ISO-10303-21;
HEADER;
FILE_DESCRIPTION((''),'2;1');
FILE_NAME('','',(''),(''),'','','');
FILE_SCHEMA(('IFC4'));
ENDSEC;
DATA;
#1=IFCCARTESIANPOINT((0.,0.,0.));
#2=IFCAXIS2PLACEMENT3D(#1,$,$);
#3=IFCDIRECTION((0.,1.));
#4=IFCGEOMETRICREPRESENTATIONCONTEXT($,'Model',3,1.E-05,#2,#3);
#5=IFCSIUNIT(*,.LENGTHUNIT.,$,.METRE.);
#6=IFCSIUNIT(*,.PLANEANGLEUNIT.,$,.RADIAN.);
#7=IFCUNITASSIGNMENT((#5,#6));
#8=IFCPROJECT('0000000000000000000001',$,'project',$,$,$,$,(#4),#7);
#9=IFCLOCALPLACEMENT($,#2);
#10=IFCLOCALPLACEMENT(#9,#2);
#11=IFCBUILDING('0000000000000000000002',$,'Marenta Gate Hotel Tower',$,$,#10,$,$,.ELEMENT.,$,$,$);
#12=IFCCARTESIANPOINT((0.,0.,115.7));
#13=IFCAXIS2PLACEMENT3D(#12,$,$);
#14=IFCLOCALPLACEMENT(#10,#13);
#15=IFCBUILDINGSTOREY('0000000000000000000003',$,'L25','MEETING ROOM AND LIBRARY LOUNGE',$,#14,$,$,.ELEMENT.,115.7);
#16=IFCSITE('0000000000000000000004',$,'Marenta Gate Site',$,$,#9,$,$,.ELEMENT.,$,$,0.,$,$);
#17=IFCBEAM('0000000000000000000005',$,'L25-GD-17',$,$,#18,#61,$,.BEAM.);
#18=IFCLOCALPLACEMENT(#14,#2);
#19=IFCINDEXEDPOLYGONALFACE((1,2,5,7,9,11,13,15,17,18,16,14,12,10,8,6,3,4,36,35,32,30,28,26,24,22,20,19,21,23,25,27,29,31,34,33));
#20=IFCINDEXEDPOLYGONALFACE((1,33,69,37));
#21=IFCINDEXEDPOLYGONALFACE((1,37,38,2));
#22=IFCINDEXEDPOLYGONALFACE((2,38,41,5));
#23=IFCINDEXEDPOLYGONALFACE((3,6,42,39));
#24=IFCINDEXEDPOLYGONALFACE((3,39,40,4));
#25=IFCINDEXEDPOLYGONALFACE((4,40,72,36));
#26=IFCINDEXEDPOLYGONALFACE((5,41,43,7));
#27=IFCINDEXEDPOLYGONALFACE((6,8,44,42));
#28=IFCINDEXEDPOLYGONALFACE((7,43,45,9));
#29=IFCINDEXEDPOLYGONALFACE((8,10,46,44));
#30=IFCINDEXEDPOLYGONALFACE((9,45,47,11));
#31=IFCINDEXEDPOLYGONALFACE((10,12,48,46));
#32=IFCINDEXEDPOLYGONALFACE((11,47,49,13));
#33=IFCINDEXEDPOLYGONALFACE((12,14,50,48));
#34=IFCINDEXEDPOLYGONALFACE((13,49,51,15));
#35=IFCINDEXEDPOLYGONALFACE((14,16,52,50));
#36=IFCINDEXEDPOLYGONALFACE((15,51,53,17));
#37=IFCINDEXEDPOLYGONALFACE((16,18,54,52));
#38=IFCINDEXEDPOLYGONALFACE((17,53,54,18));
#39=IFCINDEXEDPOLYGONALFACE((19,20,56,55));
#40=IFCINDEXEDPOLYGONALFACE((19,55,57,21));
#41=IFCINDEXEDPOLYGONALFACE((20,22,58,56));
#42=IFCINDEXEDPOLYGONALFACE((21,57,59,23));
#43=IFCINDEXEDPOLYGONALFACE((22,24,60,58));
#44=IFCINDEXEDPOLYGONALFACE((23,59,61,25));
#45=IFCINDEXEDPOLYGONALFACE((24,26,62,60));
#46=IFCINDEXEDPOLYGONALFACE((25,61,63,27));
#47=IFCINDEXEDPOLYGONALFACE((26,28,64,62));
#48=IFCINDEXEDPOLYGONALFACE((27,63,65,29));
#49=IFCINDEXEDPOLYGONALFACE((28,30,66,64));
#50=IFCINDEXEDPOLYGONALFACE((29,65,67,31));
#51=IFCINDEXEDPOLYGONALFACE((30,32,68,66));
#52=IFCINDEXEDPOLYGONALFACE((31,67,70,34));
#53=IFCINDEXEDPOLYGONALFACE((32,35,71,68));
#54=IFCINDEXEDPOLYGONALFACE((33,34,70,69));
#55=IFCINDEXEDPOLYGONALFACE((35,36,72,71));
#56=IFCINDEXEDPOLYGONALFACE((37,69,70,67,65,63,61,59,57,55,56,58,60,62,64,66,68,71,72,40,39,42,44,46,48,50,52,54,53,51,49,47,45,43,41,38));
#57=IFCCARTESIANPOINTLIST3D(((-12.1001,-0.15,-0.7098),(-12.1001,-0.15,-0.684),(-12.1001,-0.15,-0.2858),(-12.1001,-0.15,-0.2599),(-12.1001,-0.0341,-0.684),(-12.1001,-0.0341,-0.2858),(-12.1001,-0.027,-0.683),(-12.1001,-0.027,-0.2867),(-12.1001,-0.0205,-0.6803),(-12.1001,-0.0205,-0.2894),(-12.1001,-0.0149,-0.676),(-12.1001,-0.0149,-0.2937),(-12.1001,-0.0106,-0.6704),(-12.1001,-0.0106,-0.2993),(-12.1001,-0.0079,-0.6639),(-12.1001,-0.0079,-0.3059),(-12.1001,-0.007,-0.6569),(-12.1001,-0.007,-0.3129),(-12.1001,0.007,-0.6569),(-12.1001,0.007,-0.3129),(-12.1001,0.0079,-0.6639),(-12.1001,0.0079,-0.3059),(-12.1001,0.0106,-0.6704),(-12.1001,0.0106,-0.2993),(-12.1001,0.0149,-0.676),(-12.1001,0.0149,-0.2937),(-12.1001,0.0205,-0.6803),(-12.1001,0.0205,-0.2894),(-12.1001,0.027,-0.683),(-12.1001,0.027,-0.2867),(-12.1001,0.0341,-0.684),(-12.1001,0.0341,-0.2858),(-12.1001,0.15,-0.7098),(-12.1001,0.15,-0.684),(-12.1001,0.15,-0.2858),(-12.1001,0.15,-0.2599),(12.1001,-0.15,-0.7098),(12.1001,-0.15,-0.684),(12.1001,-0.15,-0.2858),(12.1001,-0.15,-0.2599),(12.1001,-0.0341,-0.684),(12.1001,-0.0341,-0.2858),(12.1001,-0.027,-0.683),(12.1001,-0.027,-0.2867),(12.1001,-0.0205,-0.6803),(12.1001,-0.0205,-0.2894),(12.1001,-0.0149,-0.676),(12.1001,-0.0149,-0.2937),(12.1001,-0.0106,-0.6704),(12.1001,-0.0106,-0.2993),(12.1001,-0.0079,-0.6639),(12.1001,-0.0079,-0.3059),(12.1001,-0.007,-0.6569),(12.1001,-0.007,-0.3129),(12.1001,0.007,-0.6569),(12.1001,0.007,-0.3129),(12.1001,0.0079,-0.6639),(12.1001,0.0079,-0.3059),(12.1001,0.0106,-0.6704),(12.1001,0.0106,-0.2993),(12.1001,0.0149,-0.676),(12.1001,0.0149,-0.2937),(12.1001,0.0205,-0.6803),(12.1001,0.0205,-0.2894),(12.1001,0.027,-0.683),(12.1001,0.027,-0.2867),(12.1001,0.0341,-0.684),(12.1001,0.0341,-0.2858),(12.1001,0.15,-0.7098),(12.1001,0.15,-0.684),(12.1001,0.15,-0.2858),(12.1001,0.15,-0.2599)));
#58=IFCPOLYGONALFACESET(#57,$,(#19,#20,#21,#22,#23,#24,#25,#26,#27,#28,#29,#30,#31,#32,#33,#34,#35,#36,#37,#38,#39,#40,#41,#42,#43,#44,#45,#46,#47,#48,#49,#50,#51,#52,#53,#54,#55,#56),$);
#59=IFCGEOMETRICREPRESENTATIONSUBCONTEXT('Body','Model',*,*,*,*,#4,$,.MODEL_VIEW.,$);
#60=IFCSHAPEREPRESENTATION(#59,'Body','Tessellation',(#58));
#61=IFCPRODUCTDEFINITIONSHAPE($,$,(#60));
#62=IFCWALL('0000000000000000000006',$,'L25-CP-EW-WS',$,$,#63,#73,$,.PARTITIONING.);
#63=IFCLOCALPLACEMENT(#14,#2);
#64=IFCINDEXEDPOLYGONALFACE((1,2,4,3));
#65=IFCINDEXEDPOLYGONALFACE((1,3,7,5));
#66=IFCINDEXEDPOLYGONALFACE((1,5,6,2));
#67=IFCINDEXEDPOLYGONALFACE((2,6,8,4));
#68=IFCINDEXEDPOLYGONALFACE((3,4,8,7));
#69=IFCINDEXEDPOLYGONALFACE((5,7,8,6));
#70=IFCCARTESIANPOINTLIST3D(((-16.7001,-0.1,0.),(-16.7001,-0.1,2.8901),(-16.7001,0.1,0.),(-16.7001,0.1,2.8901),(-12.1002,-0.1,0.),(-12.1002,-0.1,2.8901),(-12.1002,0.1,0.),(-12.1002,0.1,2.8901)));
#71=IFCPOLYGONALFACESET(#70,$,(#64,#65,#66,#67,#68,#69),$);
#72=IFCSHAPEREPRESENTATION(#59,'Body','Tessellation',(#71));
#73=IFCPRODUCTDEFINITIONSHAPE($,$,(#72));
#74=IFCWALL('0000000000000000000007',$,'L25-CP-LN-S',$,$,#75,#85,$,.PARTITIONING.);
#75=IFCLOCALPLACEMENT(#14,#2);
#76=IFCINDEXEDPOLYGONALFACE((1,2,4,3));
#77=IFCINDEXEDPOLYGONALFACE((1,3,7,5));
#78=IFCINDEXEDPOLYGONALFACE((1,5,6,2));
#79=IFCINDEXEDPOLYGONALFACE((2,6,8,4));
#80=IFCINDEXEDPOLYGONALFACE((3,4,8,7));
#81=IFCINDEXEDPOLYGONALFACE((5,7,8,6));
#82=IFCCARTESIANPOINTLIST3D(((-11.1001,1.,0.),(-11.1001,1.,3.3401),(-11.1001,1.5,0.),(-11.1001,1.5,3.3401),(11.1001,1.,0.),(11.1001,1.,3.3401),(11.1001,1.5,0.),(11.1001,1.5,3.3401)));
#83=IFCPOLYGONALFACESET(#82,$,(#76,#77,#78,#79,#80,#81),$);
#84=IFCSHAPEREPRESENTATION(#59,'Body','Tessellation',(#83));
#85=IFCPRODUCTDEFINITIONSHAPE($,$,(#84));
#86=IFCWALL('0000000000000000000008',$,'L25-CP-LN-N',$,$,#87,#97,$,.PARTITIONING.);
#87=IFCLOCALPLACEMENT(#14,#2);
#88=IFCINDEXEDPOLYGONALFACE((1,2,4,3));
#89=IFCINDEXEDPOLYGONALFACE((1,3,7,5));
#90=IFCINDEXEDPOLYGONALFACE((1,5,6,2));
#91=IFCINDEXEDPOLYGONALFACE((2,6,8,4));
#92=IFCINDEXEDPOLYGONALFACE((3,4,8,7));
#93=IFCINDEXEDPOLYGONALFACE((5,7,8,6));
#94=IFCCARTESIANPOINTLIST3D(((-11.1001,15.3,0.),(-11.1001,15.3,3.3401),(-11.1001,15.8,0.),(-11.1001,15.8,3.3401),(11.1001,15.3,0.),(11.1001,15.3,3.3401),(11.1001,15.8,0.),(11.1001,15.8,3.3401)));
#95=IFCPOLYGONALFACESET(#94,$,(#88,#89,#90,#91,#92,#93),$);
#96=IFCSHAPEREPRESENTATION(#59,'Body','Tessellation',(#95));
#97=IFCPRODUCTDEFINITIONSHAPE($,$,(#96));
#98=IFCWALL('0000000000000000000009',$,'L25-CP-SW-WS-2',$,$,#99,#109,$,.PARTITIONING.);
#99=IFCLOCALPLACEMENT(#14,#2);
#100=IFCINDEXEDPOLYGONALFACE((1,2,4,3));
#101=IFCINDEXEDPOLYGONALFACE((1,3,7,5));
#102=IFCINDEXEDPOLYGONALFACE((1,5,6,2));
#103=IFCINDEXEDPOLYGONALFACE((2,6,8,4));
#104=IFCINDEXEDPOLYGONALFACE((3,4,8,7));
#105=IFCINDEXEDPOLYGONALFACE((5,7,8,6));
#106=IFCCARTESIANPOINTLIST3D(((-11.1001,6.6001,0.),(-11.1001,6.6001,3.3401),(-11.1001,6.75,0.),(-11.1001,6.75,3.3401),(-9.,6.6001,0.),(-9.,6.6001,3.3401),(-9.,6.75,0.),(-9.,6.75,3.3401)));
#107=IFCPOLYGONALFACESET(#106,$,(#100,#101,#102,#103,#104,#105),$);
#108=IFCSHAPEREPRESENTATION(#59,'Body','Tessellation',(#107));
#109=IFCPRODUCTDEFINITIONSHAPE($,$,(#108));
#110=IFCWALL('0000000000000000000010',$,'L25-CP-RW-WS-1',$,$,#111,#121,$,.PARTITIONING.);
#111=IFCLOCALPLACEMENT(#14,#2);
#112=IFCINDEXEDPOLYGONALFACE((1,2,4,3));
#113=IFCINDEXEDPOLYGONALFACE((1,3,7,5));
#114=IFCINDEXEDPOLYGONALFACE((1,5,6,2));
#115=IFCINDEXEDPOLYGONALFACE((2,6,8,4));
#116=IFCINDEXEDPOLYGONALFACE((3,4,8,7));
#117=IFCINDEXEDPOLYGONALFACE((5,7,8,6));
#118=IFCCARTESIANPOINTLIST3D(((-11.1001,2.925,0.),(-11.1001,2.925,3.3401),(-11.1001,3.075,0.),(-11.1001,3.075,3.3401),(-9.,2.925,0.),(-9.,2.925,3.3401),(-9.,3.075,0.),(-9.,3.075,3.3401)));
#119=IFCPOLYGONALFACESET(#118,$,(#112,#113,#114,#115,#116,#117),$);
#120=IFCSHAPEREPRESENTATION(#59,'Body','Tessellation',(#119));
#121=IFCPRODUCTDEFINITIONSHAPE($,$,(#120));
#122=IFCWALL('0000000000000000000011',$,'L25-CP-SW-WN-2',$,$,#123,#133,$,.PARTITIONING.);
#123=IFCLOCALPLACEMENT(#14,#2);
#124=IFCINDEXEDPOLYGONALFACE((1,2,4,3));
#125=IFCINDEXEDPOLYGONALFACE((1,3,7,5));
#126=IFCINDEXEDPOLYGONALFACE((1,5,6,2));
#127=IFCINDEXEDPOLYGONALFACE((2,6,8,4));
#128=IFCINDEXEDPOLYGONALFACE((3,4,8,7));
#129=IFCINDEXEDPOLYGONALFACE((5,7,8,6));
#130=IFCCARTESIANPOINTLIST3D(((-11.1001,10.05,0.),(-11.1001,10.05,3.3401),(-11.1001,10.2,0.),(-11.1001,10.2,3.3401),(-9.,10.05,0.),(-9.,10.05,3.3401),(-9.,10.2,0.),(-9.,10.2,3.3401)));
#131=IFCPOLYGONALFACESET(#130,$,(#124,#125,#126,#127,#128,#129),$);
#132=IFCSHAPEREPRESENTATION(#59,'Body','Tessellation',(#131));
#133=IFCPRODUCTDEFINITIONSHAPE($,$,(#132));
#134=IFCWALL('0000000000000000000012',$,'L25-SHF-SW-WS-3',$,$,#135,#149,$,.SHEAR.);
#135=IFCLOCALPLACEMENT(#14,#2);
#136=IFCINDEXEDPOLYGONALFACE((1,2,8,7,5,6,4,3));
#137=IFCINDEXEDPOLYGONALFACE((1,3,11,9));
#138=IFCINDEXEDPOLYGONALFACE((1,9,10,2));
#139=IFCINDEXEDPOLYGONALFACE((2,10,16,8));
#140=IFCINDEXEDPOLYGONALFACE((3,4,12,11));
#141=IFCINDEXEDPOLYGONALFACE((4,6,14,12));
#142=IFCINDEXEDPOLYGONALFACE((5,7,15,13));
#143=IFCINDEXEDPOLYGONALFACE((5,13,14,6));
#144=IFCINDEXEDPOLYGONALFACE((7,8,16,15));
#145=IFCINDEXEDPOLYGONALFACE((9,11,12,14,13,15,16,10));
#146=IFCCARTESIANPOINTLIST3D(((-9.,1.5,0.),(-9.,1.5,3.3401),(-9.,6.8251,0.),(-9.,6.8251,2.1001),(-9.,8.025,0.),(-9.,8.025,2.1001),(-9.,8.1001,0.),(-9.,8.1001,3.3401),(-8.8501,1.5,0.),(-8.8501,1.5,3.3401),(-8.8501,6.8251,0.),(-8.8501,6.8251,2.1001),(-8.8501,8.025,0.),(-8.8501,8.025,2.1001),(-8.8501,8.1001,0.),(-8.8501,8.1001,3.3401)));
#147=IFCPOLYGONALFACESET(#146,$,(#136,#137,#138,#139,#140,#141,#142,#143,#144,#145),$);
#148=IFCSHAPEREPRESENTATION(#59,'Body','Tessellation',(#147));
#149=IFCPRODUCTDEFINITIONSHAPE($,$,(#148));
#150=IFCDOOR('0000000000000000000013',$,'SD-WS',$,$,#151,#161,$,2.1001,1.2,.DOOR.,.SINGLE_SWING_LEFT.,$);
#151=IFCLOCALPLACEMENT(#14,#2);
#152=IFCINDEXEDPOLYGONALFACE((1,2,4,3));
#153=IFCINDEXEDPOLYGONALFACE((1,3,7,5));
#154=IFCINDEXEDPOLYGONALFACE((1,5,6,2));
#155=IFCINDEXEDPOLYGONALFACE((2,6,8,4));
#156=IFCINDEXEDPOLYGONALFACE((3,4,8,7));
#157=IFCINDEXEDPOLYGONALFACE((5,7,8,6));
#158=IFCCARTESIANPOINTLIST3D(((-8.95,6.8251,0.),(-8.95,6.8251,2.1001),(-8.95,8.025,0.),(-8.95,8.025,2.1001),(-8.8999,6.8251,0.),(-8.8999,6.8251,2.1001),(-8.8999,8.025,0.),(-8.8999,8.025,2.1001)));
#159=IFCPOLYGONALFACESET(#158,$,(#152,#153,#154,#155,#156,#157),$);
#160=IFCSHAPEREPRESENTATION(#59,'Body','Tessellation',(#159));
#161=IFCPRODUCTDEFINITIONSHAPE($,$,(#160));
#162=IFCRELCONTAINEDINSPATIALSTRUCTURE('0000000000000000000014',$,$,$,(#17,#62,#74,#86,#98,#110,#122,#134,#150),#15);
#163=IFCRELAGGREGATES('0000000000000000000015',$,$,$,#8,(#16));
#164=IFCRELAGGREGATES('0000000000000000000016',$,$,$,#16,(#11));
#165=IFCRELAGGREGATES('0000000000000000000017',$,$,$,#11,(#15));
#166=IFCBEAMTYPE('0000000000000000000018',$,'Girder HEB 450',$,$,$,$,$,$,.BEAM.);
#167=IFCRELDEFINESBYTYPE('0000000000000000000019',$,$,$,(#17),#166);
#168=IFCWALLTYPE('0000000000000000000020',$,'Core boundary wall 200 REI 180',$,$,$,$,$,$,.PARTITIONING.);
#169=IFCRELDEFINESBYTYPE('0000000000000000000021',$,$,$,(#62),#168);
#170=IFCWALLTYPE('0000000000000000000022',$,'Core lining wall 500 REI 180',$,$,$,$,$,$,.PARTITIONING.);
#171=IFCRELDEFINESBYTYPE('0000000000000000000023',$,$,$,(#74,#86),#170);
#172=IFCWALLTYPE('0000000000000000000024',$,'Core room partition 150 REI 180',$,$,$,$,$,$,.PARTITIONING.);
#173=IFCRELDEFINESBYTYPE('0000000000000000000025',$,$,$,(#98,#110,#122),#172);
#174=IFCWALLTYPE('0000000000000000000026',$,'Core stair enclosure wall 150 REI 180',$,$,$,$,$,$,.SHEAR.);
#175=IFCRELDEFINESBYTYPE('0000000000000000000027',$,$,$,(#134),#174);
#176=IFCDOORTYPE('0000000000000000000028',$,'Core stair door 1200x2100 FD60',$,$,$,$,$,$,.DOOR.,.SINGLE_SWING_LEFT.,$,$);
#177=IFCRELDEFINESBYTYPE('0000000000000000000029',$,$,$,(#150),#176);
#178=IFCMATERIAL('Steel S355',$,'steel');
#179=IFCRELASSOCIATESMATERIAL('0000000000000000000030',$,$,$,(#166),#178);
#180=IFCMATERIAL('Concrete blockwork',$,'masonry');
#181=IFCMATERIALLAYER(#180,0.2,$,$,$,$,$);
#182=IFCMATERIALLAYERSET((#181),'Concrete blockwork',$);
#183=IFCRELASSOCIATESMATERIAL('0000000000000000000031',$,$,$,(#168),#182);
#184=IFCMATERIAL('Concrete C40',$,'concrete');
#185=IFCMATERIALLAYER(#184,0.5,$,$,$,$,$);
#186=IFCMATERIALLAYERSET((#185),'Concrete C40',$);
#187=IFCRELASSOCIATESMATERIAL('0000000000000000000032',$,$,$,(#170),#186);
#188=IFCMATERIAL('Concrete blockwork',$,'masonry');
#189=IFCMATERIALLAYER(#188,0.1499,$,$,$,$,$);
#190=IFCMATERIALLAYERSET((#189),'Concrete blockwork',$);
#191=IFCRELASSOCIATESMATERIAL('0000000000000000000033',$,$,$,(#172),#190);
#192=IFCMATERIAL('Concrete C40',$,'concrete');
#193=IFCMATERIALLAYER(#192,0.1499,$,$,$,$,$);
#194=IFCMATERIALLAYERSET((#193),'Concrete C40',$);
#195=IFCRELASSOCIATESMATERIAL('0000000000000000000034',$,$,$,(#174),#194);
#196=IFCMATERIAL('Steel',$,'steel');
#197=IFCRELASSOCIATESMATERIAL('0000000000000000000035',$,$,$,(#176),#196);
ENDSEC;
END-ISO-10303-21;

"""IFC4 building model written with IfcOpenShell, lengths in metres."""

from ifc_helpers import new_model, si_unit, direction, frame, frame_2d, origin, origin_2d, place, context, subcontext, project, spatial, rectangle, i_section, extrude, material, layer, layer_set, material_profile, profile_set, type_object, element, fill, save


model = new_model("IFC4")

# Units and contexts
model_context = context("Model", 3, precision=1e-05, world=origin(), true_north=direction((0.0, 1.0)))
body_context = subcontext(model_context, "Body", "Model", "MODEL_VIEW")
ifc_project = project(units=[si_unit("LENGTHUNIT", "METRE"), si_unit("PLANEANGLEUNIT", "RADIAN")], contexts=[model_context])

# Site, building, storey
site_placement = place(None, origin())
site = spatial("IfcSite", under=ifc_project, at=site_placement, Name="Marenta Gate Site", CompositionType="ELEMENT", RefElevation=0.0)
building_placement = place(site_placement, origin())
building = spatial("IfcBuilding", under=site, at=building_placement, Name="Marenta Gate Hotel Tower", CompositionType="ELEMENT")
storey_placement = place(building_placement, frame((0.0, 0.0, 115.7)))
storey = spatial("IfcBuildingStorey", under=building, at=storey_placement, Name="L25", Description="MEETING ROOM AND LIBRARY LOUNGE", CompositionType="ELEMENT", Elevation=115.7)

# Beam
ifc_material_1 = material(Name="Steel S355", Category="steel")
ifc_material_profile = material_profile(ifc_material_1, i_section(OverallWidth=0.3, OverallDepth=0.45, WebThickness=0.0139, FlangeThickness=0.0259, FilletRadius=0.0271, at=origin_2d()), Name="HEB 450")
ifc_profile_set = profile_set([ifc_material_profile], Name="Steel S355")
beam_type = type_object("IfcBeamType", Name="Girder HEB 450", PredefinedType="BEAM", material=ifc_profile_set)
beam_placement = place(storey_placement, frame((-12.1001, 0.0, -0.4849), z_axis=(1.0, 0.0, 0.0), x_axis=(0.0, 1.0, 0.0)))
element("IfcBeam", 1, at=beam_placement, inside=storey, type_object=beam_type, Name="L25-GD-17", PredefinedType="BEAM", context=body_context, shape_type="SweptSolid", body=[
    extrude(i_section(OverallWidth=0.3, OverallDepth=0.45, WebThickness=0.0139, FlangeThickness=0.0259, FilletRadius=0.0271, at=origin_2d()), origin(), (0.0, 0.0, 1.0), 24.2002),
])

# Walls
ifc_material_2 = material(Name="Concrete blockwork", Category="masonry")
ifc_layer_1 = layer(ifc_material_2, 0.2)
ifc_layer_set_1 = layer_set([ifc_layer_1], Name="Concrete blockwork")
wall_type_1 = type_object("IfcWallType", Name="Core boundary wall 200 REI 180", PredefinedType="PARTITIONING", material=ifc_layer_set_1)
wall_1_placement = place(storey_placement, frame((-16.7, 0.0, 0.0), z_axis=(0.0, 0.0, 1.0), x_axis=(1.0, 0.0, 0.0)))
element("IfcWall", 2, at=wall_1_placement, inside=storey, type_object=wall_type_1, Name="L25-CP-EW-WS", PredefinedType="PARTITIONING", context=body_context, shape_type="SweptSolid", body=[
    extrude(rectangle(XDim=4.5999, YDim=0.2, at=frame_2d((2.2998, 0.0))), origin(), (0.0, 0.0, 1.0), 2.8901),
])
ifc_material_3 = material(Name="Concrete C40", Category="concrete")
ifc_layer_2 = layer(ifc_material_3, 0.5)
ifc_layer_set_2 = layer_set([ifc_layer_2], Name="Concrete C40")
wall_type_2 = type_object("IfcWallType", Name="Core lining wall 500 REI 180", PredefinedType="PARTITIONING", material=ifc_layer_set_2)
for number, where, z_axis, x_axis, name in (
    (3, (-11.1001, 1.25, 0.0), (0.0, 0.0, 1.0), (1.0, 0.0, 0.0), "L25-CP-LN-S"),
    (4, (-11.1001, 15.55, 0.0), (0.0, 0.0, 1.0), (1.0, 0.0, 0.0), "L25-CP-LN-N"),
):
    element("IfcWall", number, at=place(storey_placement, frame(where, z_axis=z_axis, x_axis=x_axis)), inside=storey, type_object=wall_type_2, Name=name, PredefinedType="PARTITIONING", context=body_context, shape_type="SweptSolid", body=[
        extrude(rectangle(XDim=22.2002, YDim=0.5, at=frame_2d((11.1001, 0.0))), origin(), (0.0, 0.0, 1.0), 3.3401),
    ])
ifc_material_4 = material(Name="Concrete blockwork", Category="masonry")
ifc_layer_3 = layer(ifc_material_4, 0.1499)
ifc_layer_set_3 = layer_set([ifc_layer_3], Name="Concrete blockwork")
wall_type_3 = type_object("IfcWallType", Name="Core room partition 150 REI 180", PredefinedType="PARTITIONING", material=ifc_layer_set_3)
for number, where, z_axis, x_axis, name in (
    (5, (-11.1001, 6.675, 0.0), (0.0, 0.0, 1.0), (1.0, 0.0, 0.0), "L25-CP-SW-WS-2"),
    (6, (-11.1001, 3.0, 0.0), (0.0, 0.0, 1.0), (1.0, 0.0, 0.0), "L25-CP-RW-WS-1"),
    (7, (-11.1001, 10.125, 0.0), (0.0, 0.0, 1.0), (1.0, 0.0, 0.0), "L25-CP-SW-WN-2"),
):
    element("IfcWall", number, at=place(storey_placement, frame(where, z_axis=z_axis, x_axis=x_axis)), inside=storey, type_object=wall_type_3, Name=name, PredefinedType="PARTITIONING", context=body_context, shape_type="SweptSolid", body=[
        extrude(rectangle(XDim=2.1001, YDim=0.1499, at=frame_2d((1.05, 0.0))), origin(), (0.0, 0.0, 1.0), 3.3401),
    ])

# Wall, opening, door
ifc_material_5 = material(Name="Concrete C40", Category="concrete")
ifc_layer_4 = layer(ifc_material_5, 0.1499)
ifc_layer_set_4 = layer_set([ifc_layer_4], Name="Concrete C40")
wall_type_4 = type_object("IfcWallType", Name="Core stair enclosure wall 150 REI 180", PredefinedType="SHEAR", material=ifc_layer_set_4)
wall_2_placement = place(storey_placement, frame((-8.925, 1.5, 0.0), z_axis=(0.0, 0.0, 1.0), x_axis=(0.0, 1.0, 0.0)))
wall_2 = element("IfcWall", 8, at=wall_2_placement, inside=storey, type_object=wall_type_4, Name="L25-SHF-SW-WS-3", PredefinedType="SHEAR", context=body_context, shape_type="SweptSolid", body=[
    extrude(rectangle(XDim=6.6001, YDim=0.1499, at=frame_2d((3.3, 0.0))), origin(), (0.0, 0.0, 1.0), 3.3401),
])
opening_1_placement = place(wall_2_placement, frame((5.325, 0.0, 0.0)))
opening_1 = element("IfcOpeningElement", 9, at=opening_1_placement, cuts=wall_2, PredefinedType="OPENING", context=body_context, shape_type="SweptSolid", body=[
    extrude(rectangle(XDim=1.2, YDim=2.1001, at=frame_2d((0.6001, 1.05))), frame((0.0, 0.075, 0.0), z_axis=(0.0, -1.0, 0.0), x_axis=(1.0, 0.0, 0.0)), (0.0, 0.0, 1.0), 0.1499),
])
ifc_material_6 = material(Name="Steel", Category="steel")
door_type_1 = type_object("IfcDoorType", Name="Core stair door 1200x2100 FD60", OperationType="SINGLE_SWING_LEFT", PredefinedType="DOOR", material=ifc_material_6)
door_1_placement = place(opening_1_placement, origin())
door_1 = element("IfcDoor", 10, at=door_1_placement, inside=storey, type_object=door_type_1, Name="SD-WS", OperationType="SINGLE_SWING_LEFT", OverallHeight=2.1001, OverallWidth=1.2, PredefinedType="DOOR", context=body_context, shape_type="SweptSolid", body=[
    extrude(rectangle(XDim=1.2, YDim=2.1001, at=frame_2d((0.6001, 1.05))), frame((0.0, 0.0249, 0.0), z_axis=(0.0, -1.0, 0.0), x_axis=(1.0, 0.0, 0.0)), (0.0, 0.0, 1.0), 0.05),
])
fill(opening_1, door_1)

save(model, "model.ifc")
